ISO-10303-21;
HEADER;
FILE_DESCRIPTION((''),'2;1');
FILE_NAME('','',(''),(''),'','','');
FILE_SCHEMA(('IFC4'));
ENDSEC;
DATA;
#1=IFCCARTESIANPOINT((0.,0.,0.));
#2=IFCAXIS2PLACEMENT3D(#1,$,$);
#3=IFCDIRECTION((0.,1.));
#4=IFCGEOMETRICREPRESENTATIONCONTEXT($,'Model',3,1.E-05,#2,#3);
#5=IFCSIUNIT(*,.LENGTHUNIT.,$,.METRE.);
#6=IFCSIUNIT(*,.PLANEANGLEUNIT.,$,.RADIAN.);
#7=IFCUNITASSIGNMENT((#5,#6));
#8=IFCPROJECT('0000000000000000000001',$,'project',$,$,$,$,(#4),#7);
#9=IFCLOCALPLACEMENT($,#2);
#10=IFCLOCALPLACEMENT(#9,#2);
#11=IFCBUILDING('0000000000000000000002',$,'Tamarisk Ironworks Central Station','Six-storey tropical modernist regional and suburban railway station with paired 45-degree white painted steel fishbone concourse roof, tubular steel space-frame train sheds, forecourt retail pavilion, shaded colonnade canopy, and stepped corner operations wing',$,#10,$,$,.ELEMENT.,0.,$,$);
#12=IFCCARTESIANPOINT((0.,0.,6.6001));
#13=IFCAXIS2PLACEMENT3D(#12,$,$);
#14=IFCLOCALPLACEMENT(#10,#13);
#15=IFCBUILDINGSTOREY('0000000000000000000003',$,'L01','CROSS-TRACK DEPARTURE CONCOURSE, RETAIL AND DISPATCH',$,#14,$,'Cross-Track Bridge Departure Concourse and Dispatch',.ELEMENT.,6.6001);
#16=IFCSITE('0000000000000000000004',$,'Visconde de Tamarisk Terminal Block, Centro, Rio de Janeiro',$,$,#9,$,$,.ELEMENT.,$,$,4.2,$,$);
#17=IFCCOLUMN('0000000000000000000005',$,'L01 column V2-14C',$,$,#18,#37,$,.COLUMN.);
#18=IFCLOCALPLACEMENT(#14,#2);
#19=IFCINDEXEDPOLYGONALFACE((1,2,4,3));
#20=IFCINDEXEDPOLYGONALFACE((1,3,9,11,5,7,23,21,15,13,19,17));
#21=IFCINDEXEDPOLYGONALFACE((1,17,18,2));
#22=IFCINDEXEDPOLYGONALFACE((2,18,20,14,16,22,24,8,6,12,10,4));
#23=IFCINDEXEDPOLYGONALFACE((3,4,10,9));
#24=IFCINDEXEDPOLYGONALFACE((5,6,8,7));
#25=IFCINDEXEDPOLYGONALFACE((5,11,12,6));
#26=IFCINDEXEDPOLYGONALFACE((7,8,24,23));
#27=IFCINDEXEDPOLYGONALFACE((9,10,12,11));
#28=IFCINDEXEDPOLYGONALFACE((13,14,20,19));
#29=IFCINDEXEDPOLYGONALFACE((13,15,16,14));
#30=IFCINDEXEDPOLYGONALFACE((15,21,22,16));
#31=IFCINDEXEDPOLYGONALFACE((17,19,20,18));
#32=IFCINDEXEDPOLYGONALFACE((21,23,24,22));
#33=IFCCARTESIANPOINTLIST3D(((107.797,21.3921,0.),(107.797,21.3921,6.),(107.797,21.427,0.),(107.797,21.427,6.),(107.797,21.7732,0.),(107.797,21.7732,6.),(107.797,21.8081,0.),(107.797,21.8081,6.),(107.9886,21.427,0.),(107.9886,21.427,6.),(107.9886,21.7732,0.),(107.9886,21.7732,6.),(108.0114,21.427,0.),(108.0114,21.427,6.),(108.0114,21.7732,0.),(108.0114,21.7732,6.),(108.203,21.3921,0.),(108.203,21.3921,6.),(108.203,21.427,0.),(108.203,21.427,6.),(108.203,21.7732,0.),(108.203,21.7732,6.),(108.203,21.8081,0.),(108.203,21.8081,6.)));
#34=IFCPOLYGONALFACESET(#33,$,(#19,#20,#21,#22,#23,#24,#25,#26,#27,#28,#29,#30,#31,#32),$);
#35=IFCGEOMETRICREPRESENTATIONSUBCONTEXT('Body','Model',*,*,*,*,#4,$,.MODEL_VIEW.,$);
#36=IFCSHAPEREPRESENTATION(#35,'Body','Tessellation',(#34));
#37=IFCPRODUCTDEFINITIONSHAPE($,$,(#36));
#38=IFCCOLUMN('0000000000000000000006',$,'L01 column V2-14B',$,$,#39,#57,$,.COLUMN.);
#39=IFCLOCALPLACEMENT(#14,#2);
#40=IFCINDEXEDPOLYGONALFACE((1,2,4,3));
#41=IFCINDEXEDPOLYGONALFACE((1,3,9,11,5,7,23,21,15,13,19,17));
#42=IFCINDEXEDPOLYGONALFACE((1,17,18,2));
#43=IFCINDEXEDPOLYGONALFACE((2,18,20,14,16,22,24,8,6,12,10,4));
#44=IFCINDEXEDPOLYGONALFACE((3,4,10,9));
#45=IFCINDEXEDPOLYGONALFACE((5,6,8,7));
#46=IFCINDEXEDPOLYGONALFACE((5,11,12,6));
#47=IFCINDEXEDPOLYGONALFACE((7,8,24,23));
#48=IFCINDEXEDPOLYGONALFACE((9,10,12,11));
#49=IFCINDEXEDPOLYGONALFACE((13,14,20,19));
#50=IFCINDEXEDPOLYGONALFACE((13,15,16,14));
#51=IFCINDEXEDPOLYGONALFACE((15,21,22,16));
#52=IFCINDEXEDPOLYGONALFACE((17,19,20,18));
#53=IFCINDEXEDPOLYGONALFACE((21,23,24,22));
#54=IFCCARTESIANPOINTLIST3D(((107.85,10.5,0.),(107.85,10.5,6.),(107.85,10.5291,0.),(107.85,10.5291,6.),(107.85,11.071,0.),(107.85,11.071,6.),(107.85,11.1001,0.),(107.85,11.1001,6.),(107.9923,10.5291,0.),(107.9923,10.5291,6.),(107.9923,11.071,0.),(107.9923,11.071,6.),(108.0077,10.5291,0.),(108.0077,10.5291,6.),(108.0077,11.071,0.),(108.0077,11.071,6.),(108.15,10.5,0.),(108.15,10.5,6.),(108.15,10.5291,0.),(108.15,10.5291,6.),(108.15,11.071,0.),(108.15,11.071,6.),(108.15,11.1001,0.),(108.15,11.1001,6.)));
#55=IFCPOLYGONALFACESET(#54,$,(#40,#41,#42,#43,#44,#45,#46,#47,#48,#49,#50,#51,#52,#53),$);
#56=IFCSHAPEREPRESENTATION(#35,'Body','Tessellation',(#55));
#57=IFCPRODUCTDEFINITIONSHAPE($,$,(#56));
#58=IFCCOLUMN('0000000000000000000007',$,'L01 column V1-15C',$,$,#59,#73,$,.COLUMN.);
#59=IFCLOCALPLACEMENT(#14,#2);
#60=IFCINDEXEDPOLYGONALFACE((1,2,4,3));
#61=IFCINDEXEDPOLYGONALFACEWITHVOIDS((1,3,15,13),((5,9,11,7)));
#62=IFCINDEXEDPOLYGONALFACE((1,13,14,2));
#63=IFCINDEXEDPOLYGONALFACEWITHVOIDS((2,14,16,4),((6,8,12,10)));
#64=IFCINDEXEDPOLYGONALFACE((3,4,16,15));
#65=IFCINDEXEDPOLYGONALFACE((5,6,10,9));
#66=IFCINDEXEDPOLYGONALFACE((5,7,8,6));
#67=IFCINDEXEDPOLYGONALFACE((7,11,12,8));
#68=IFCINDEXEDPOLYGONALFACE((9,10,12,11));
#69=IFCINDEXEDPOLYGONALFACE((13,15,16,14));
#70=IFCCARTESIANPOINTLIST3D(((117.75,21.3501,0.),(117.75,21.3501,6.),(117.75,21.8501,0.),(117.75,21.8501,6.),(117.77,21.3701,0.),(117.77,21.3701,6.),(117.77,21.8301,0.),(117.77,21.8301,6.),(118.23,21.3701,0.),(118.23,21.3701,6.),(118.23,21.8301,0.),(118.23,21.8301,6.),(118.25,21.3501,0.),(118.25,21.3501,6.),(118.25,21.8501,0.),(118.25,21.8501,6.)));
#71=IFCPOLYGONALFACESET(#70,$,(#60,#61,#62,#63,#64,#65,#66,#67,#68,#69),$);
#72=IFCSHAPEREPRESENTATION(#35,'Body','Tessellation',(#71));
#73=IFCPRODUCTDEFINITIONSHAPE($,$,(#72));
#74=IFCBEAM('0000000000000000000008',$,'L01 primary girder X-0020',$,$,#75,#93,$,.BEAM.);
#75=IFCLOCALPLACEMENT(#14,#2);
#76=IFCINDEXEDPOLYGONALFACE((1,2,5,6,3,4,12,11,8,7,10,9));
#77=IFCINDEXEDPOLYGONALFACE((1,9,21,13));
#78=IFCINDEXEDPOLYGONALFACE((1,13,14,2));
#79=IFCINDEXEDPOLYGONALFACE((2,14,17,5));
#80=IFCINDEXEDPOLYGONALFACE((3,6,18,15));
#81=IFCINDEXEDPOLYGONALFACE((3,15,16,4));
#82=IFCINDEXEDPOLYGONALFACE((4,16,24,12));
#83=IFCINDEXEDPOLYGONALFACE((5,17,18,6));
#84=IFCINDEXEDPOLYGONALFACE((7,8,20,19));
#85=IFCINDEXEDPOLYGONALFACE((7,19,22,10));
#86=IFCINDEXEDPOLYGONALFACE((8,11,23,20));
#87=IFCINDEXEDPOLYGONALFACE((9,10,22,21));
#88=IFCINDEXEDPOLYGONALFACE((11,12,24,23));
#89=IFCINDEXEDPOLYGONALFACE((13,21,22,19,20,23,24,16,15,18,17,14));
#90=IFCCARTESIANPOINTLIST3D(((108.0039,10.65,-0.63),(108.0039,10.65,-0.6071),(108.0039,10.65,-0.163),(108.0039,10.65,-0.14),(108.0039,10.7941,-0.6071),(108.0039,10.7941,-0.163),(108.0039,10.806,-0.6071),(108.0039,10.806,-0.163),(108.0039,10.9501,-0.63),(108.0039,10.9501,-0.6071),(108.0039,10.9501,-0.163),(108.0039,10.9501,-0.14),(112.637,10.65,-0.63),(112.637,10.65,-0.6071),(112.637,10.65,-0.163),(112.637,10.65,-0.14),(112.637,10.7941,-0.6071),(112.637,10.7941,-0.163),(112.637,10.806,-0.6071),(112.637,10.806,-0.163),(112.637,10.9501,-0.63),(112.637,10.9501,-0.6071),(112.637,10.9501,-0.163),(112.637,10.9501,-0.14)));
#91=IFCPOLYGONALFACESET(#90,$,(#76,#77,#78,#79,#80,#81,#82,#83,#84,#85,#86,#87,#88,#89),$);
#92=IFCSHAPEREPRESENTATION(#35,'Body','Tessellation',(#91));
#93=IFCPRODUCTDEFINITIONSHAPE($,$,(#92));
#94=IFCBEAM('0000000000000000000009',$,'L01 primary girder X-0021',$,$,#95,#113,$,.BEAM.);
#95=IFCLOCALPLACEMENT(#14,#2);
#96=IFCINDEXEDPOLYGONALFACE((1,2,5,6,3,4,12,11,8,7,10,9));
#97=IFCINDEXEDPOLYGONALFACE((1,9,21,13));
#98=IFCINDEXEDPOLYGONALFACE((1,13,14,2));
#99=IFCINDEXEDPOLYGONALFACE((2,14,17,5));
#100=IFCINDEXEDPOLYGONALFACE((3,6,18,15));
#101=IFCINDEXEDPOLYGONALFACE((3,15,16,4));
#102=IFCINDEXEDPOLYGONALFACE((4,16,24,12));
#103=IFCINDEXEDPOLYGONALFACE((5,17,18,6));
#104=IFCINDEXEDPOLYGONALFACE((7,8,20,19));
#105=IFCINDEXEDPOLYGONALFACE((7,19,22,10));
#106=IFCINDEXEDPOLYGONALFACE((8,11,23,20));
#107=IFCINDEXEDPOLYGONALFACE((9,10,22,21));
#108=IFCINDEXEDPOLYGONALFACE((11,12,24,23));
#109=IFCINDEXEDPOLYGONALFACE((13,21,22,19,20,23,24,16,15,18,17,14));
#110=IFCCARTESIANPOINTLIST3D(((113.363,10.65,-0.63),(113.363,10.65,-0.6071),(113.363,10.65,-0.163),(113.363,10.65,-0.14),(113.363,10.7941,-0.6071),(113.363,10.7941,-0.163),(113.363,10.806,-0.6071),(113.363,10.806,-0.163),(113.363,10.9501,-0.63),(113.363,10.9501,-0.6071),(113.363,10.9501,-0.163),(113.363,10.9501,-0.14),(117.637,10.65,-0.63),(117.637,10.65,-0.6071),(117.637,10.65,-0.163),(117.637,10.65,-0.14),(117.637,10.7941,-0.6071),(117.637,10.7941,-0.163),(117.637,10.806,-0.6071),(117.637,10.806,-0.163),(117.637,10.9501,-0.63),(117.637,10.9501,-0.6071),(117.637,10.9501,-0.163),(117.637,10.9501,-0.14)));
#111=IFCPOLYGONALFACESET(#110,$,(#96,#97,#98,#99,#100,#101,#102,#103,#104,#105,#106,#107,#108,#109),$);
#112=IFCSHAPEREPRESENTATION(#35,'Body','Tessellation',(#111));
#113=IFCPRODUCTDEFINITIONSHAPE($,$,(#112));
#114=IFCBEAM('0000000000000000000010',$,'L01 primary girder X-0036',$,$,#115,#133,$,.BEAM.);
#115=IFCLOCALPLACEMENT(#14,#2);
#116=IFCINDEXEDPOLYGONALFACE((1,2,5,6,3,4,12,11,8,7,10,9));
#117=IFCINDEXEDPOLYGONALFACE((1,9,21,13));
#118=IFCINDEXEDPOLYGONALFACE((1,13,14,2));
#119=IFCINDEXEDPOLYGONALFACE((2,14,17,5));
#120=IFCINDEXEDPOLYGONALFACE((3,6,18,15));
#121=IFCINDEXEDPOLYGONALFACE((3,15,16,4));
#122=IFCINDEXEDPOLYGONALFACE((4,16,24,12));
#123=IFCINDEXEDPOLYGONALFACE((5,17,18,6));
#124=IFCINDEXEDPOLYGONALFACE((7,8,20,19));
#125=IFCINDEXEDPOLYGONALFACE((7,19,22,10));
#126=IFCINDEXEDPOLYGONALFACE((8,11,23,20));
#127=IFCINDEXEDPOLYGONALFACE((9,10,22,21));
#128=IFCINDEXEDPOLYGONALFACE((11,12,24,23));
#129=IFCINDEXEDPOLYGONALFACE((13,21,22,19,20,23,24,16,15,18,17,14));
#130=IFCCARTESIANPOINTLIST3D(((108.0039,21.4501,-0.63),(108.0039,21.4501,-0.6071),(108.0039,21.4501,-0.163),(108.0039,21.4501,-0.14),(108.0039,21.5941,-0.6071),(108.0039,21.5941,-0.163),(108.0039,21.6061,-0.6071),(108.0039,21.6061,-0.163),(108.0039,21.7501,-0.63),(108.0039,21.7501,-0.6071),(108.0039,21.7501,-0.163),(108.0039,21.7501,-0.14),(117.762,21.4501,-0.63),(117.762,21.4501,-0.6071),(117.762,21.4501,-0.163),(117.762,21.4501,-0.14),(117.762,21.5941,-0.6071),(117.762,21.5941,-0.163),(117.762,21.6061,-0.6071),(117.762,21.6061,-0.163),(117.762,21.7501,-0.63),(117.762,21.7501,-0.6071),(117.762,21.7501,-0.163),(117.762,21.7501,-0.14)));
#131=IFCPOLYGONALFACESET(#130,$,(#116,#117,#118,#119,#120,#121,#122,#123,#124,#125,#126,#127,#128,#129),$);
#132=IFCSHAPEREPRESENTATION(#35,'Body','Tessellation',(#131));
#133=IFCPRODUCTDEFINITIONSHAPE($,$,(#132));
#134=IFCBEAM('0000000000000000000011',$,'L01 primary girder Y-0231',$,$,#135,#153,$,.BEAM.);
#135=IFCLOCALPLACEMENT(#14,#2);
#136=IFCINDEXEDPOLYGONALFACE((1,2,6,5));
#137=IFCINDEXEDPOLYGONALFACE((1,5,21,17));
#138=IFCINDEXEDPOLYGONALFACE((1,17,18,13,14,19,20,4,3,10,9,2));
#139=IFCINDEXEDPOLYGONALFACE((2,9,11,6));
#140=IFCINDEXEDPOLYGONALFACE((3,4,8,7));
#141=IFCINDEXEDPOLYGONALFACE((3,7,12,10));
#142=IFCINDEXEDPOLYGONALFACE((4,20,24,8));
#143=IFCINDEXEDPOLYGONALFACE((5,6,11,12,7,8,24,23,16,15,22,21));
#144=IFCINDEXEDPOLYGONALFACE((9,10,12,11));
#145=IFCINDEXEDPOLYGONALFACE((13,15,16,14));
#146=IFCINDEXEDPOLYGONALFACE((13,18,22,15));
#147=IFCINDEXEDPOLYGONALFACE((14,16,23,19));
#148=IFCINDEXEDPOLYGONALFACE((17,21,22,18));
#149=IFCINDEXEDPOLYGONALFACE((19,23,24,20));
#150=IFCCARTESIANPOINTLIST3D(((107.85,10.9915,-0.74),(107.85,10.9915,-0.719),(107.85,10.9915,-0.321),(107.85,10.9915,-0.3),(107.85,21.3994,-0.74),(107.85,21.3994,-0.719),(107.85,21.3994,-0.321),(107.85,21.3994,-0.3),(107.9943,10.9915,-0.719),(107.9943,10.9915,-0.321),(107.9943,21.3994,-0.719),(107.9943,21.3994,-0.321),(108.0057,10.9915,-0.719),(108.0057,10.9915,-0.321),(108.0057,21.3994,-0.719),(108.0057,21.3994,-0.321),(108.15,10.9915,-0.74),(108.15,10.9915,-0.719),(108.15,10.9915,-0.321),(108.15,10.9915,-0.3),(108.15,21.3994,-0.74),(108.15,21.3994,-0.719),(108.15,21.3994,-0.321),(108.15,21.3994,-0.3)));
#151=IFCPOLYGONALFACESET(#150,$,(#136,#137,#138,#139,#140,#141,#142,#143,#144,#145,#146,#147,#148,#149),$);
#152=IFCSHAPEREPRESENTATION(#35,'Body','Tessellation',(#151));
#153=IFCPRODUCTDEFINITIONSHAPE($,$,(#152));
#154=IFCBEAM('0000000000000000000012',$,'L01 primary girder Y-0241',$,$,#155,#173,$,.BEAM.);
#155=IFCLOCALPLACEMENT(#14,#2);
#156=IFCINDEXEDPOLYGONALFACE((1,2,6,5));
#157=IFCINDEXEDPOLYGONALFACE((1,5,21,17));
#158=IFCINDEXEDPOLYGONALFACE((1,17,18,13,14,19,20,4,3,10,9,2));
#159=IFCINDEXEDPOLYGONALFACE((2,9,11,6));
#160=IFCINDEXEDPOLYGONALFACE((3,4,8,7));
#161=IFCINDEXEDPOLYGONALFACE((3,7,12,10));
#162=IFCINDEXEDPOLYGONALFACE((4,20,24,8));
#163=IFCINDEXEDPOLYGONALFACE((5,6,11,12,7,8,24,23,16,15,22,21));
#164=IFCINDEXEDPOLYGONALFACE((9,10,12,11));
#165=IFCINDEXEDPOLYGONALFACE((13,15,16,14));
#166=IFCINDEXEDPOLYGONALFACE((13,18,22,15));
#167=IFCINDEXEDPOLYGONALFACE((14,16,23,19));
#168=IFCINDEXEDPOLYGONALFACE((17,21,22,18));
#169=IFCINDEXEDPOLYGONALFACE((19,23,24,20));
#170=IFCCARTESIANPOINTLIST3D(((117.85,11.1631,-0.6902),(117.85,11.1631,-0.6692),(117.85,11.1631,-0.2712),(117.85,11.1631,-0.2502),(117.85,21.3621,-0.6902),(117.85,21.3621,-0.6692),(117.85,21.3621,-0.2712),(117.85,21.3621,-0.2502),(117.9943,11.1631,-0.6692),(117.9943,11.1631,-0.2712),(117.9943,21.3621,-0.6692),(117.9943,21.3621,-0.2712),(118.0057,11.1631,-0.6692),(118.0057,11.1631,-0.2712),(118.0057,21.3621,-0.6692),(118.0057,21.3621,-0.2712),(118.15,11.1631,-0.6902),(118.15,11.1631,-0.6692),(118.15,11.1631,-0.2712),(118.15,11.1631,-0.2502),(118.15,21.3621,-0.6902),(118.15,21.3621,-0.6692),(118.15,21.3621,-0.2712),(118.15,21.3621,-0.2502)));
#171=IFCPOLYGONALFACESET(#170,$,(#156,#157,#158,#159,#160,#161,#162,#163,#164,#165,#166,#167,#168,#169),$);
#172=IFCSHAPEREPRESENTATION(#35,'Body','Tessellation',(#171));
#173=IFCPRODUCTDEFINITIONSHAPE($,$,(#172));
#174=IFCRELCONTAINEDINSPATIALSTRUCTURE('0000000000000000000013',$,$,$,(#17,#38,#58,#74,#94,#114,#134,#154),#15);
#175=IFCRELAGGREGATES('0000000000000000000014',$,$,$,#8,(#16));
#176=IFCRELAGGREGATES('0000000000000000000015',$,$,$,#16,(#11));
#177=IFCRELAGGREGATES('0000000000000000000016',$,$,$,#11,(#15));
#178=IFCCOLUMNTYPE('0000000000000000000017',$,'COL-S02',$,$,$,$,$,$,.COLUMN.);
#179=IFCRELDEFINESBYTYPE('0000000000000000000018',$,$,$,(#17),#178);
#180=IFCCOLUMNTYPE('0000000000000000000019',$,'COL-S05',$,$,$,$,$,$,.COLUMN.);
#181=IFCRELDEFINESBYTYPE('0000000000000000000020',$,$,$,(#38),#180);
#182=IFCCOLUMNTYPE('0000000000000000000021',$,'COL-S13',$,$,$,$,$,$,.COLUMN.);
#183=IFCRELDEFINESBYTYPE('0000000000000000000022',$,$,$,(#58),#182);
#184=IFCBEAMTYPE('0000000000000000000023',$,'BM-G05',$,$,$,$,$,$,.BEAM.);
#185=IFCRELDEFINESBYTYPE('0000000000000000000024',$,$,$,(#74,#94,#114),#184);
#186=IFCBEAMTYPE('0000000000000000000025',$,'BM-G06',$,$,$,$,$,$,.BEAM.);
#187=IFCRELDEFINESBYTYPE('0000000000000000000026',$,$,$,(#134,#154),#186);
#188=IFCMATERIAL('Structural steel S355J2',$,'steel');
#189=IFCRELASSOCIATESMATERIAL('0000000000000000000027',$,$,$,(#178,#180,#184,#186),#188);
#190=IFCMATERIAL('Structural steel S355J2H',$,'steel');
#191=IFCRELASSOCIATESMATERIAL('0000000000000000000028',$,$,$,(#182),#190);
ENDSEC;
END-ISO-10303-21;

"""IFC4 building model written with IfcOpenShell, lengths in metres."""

from ifc_helpers import new_model, si_unit, direction, frame, origin, origin_2d, place, context, subcontext, project, spatial, hollow_rectangle, i_section, extrude, material, material_profile, profile_set, type_object, element, save


model = new_model("IFC4")

# Units and contexts
model_context = context("Model", 3, precision=1e-05, world=origin(), true_north=direction((0.0, 1.0)))
body_context = subcontext(model_context, "Body", "Model", "MODEL_VIEW")
ifc_project = project(units=[si_unit("LENGTHUNIT", "METRE"), si_unit("PLANEANGLEUNIT", "RADIAN")], contexts=[model_context])

# Site, building, storey
site_placement = place(None, origin())
site = spatial("IfcSite", under=ifc_project, at=site_placement, Name="Visconde de Tamarisk Terminal Block, Centro, Rio de Janeiro", CompositionType="ELEMENT", RefElevation=4.2)
building_placement = place(site_placement, origin())
building = spatial("IfcBuilding", under=site, at=building_placement, Name="Tamarisk Ironworks Central Station", Description="Six-storey tropical modernist regional and suburban railway station with paired 45-degree white painted steel fishbone concourse roof, tubular steel space-frame train sheds, forecourt retail pavilion, shaded colonnade canopy, and stepped corner operations wing", CompositionType="ELEMENT", ElevationOfRefHeight=0.0)
storey_placement = place(building_placement, frame((0.0, 0.0, 6.6001)))
storey = spatial("IfcBuildingStorey", under=building, at=storey_placement, Name="L01", Description="CROSS-TRACK DEPARTURE CONCOURSE, RETAIL AND DISPATCH", LongName="Cross-Track Bridge Departure Concourse and Dispatch", CompositionType="ELEMENT", Elevation=6.6001)

# Columns
ifc_material_1 = material(Name="Structural steel S355J2", Category="steel")
ifc_material_profile_1 = material_profile(ifc_material_1, i_section(OverallWidth=0.406, OverallDepth=0.416, WebThickness=0.0227, FlangeThickness=0.0349, at=origin_2d()), Name="HD 400x382")
ifc_profile_set_1 = profile_set([ifc_material_profile_1], Name="Structural steel S355J2")
column_type_1 = type_object("IfcColumnType", Name="COL-S02", PredefinedType="COLUMN", material=ifc_profile_set_1)
column_1_placement = place(storey_placement, frame((108.0, 21.6001, 0.0), z_axis=(0.0, 0.0, 1.0), x_axis=(1.0, 0.0, 0.0)))
element("IfcColumn", 1, at=column_1_placement, inside=storey, type_object=column_type_1, Name="L01 column V2-14C", PredefinedType="COLUMN", context=body_context, shape_type="SweptSolid", body=[
    extrude(i_section(OverallWidth=0.406, OverallDepth=0.416, WebThickness=0.0227, FlangeThickness=0.0349, at=origin_2d()), origin(), (0.0, 0.0, 1.0), 6.0),
])
ifc_material_profile_2 = material_profile(ifc_material_1, i_section(OverallWidth=0.3, OverallDepth=0.6001, WebThickness=0.0154, FlangeThickness=0.0291, at=origin_2d()), Name="HEB 600")
ifc_profile_set_2 = profile_set([ifc_material_profile_2], Name="Structural steel S355J2")
column_type_2 = type_object("IfcColumnType", Name="COL-S05", PredefinedType="COLUMN", material=ifc_profile_set_2)
column_2_placement = place(storey_placement, frame((108.0, 10.8, 0.0), z_axis=(0.0, 0.0, 1.0), x_axis=(1.0, 0.0, 0.0)))
element("IfcColumn", 2, at=column_2_placement, inside=storey, type_object=column_type_2, Name="L01 column V2-14B", PredefinedType="COLUMN", context=body_context, shape_type="SweptSolid", body=[
    extrude(i_section(OverallWidth=0.3, OverallDepth=0.6001, WebThickness=0.0154, FlangeThickness=0.0291, at=origin_2d()), origin(), (0.0, 0.0, 1.0), 6.0),
])
ifc_material_2 = material(Name="Structural steel S355J2H", Category="steel")
ifc_material_profile_3 = material_profile(ifc_material_2, hollow_rectangle(XDim=0.5, YDim=0.5, WallThickness=0.02, at=origin_2d()), Name="SHS 500x500x20")
ifc_profile_set_3 = profile_set([ifc_material_profile_3], Name="Structural steel S355J2H")
column_type_3 = type_object("IfcColumnType", Name="COL-S13", PredefinedType="COLUMN", material=ifc_profile_set_3)
column_3_placement = place(storey_placement, frame((118.0, 21.6001, 0.0), z_axis=(0.0, 0.0, 1.0), x_axis=(1.0, 0.0, 0.0)))
element("IfcColumn", 3, at=column_3_placement, inside=storey, type_object=column_type_3, Name="L01 column V1-15C", PredefinedType="COLUMN", context=body_context, shape_type="SweptSolid", body=[
    extrude(hollow_rectangle(XDim=0.5, YDim=0.5, WallThickness=0.02, at=origin_2d()), origin(), (0.0, 0.0, 1.0), 6.0),
])

# Beams
ifc_material_profile_4 = material_profile(ifc_material_1, i_section(OverallWidth=0.3, OverallDepth=0.49, WebThickness=0.012, FlangeThickness=0.0229, at=origin_2d()), Name="HEA 500")
ifc_profile_set_4 = profile_set([ifc_material_profile_4], Name="Structural steel S355J2")
beam_type_1 = type_object("IfcBeamType", Name="BM-G05", PredefinedType="BEAM", material=ifc_profile_set_4)
beam_1_placement = place(storey_placement, frame((108.0039, 10.8, -0.385), z_axis=(1.0, 0.0, 0.0), x_axis=(0.0, 1.0, 0.0)))
element("IfcBeam", 4, at=beam_1_placement, inside=storey, type_object=beam_type_1, Name="L01 primary girder X-0020", PredefinedType="BEAM", context=body_context, shape_type="SweptSolid", body=[
    extrude(i_section(OverallWidth=0.3, OverallDepth=0.49, WebThickness=0.012, FlangeThickness=0.0229, at=origin_2d()), origin(), (0.0, 0.0, 1.0), 4.6331),
])
beam_2_placement = place(storey_placement, frame((113.363, 10.8, -0.385), z_axis=(1.0, 0.0, 0.0), x_axis=(0.0, 1.0, 0.0)))
element("IfcBeam", 5, at=beam_2_placement, inside=storey, type_object=beam_type_1, Name="L01 primary girder X-0021", PredefinedType="BEAM", context=body_context, shape_type="SweptSolid", body=[
    extrude(i_section(OverallWidth=0.3, OverallDepth=0.49, WebThickness=0.012, FlangeThickness=0.0229, at=origin_2d()), origin(), (0.0, 0.0, 1.0), 4.2739),
])
beam_3_placement = place(storey_placement, frame((108.0039, 21.6001, -0.385), z_axis=(1.0, 0.0, 0.0), x_axis=(0.0, 1.0, 0.0)))
element("IfcBeam", 6, at=beam_3_placement, inside=storey, type_object=beam_type_1, Name="L01 primary girder X-0036", PredefinedType="BEAM", context=body_context, shape_type="SweptSolid", body=[
    extrude(i_section(OverallWidth=0.3, OverallDepth=0.49, WebThickness=0.012, FlangeThickness=0.0229, at=origin_2d()), origin(), (0.0, 0.0, 1.0), 9.7581),
])
ifc_material_profile_5 = material_profile(ifc_material_1, i_section(OverallWidth=0.3, OverallDepth=0.4399, WebThickness=0.0115, FlangeThickness=0.021, at=origin_2d()), Name="HEA 450")
ifc_profile_set_5 = profile_set([ifc_material_profile_5], Name="Structural steel S355J2")
beam_type_2 = type_object("IfcBeamType", Name="BM-G06", PredefinedType="BEAM", material=ifc_profile_set_5)
beam_4_placement = place(storey_placement, frame((108.0, 10.9915, -0.52), z_axis=(0.0, 1.0, 0.0), x_axis=(-1.0, 0.0, 0.0)))
element("IfcBeam", 7, at=beam_4_placement, inside=storey, type_object=beam_type_2, Name="L01 primary girder Y-0231", PredefinedType="BEAM", context=body_context, shape_type="SweptSolid", body=[
    extrude(i_section(OverallWidth=0.3, OverallDepth=0.4399, WebThickness=0.0115, FlangeThickness=0.021, at=origin_2d()), origin(), (0.0, 0.0, 1.0), 10.408),
])
beam_5_placement = place(storey_placement, frame((118.0, 11.1631, -0.4702), z_axis=(0.0, 1.0, 0.0), x_axis=(-1.0, 0.0, 0.0)))
element("IfcBeam", 8, at=beam_5_placement, inside=storey, type_object=beam_type_2, Name="L01 primary girder Y-0241", PredefinedType="BEAM", context=body_context, shape_type="SweptSolid", body=[
    extrude(i_section(OverallWidth=0.3, OverallDepth=0.4399, WebThickness=0.0115, FlangeThickness=0.021, at=origin_2d()), origin(), (0.0, 0.0, 1.0), 10.199),
])

save(model, "model.ifc")
